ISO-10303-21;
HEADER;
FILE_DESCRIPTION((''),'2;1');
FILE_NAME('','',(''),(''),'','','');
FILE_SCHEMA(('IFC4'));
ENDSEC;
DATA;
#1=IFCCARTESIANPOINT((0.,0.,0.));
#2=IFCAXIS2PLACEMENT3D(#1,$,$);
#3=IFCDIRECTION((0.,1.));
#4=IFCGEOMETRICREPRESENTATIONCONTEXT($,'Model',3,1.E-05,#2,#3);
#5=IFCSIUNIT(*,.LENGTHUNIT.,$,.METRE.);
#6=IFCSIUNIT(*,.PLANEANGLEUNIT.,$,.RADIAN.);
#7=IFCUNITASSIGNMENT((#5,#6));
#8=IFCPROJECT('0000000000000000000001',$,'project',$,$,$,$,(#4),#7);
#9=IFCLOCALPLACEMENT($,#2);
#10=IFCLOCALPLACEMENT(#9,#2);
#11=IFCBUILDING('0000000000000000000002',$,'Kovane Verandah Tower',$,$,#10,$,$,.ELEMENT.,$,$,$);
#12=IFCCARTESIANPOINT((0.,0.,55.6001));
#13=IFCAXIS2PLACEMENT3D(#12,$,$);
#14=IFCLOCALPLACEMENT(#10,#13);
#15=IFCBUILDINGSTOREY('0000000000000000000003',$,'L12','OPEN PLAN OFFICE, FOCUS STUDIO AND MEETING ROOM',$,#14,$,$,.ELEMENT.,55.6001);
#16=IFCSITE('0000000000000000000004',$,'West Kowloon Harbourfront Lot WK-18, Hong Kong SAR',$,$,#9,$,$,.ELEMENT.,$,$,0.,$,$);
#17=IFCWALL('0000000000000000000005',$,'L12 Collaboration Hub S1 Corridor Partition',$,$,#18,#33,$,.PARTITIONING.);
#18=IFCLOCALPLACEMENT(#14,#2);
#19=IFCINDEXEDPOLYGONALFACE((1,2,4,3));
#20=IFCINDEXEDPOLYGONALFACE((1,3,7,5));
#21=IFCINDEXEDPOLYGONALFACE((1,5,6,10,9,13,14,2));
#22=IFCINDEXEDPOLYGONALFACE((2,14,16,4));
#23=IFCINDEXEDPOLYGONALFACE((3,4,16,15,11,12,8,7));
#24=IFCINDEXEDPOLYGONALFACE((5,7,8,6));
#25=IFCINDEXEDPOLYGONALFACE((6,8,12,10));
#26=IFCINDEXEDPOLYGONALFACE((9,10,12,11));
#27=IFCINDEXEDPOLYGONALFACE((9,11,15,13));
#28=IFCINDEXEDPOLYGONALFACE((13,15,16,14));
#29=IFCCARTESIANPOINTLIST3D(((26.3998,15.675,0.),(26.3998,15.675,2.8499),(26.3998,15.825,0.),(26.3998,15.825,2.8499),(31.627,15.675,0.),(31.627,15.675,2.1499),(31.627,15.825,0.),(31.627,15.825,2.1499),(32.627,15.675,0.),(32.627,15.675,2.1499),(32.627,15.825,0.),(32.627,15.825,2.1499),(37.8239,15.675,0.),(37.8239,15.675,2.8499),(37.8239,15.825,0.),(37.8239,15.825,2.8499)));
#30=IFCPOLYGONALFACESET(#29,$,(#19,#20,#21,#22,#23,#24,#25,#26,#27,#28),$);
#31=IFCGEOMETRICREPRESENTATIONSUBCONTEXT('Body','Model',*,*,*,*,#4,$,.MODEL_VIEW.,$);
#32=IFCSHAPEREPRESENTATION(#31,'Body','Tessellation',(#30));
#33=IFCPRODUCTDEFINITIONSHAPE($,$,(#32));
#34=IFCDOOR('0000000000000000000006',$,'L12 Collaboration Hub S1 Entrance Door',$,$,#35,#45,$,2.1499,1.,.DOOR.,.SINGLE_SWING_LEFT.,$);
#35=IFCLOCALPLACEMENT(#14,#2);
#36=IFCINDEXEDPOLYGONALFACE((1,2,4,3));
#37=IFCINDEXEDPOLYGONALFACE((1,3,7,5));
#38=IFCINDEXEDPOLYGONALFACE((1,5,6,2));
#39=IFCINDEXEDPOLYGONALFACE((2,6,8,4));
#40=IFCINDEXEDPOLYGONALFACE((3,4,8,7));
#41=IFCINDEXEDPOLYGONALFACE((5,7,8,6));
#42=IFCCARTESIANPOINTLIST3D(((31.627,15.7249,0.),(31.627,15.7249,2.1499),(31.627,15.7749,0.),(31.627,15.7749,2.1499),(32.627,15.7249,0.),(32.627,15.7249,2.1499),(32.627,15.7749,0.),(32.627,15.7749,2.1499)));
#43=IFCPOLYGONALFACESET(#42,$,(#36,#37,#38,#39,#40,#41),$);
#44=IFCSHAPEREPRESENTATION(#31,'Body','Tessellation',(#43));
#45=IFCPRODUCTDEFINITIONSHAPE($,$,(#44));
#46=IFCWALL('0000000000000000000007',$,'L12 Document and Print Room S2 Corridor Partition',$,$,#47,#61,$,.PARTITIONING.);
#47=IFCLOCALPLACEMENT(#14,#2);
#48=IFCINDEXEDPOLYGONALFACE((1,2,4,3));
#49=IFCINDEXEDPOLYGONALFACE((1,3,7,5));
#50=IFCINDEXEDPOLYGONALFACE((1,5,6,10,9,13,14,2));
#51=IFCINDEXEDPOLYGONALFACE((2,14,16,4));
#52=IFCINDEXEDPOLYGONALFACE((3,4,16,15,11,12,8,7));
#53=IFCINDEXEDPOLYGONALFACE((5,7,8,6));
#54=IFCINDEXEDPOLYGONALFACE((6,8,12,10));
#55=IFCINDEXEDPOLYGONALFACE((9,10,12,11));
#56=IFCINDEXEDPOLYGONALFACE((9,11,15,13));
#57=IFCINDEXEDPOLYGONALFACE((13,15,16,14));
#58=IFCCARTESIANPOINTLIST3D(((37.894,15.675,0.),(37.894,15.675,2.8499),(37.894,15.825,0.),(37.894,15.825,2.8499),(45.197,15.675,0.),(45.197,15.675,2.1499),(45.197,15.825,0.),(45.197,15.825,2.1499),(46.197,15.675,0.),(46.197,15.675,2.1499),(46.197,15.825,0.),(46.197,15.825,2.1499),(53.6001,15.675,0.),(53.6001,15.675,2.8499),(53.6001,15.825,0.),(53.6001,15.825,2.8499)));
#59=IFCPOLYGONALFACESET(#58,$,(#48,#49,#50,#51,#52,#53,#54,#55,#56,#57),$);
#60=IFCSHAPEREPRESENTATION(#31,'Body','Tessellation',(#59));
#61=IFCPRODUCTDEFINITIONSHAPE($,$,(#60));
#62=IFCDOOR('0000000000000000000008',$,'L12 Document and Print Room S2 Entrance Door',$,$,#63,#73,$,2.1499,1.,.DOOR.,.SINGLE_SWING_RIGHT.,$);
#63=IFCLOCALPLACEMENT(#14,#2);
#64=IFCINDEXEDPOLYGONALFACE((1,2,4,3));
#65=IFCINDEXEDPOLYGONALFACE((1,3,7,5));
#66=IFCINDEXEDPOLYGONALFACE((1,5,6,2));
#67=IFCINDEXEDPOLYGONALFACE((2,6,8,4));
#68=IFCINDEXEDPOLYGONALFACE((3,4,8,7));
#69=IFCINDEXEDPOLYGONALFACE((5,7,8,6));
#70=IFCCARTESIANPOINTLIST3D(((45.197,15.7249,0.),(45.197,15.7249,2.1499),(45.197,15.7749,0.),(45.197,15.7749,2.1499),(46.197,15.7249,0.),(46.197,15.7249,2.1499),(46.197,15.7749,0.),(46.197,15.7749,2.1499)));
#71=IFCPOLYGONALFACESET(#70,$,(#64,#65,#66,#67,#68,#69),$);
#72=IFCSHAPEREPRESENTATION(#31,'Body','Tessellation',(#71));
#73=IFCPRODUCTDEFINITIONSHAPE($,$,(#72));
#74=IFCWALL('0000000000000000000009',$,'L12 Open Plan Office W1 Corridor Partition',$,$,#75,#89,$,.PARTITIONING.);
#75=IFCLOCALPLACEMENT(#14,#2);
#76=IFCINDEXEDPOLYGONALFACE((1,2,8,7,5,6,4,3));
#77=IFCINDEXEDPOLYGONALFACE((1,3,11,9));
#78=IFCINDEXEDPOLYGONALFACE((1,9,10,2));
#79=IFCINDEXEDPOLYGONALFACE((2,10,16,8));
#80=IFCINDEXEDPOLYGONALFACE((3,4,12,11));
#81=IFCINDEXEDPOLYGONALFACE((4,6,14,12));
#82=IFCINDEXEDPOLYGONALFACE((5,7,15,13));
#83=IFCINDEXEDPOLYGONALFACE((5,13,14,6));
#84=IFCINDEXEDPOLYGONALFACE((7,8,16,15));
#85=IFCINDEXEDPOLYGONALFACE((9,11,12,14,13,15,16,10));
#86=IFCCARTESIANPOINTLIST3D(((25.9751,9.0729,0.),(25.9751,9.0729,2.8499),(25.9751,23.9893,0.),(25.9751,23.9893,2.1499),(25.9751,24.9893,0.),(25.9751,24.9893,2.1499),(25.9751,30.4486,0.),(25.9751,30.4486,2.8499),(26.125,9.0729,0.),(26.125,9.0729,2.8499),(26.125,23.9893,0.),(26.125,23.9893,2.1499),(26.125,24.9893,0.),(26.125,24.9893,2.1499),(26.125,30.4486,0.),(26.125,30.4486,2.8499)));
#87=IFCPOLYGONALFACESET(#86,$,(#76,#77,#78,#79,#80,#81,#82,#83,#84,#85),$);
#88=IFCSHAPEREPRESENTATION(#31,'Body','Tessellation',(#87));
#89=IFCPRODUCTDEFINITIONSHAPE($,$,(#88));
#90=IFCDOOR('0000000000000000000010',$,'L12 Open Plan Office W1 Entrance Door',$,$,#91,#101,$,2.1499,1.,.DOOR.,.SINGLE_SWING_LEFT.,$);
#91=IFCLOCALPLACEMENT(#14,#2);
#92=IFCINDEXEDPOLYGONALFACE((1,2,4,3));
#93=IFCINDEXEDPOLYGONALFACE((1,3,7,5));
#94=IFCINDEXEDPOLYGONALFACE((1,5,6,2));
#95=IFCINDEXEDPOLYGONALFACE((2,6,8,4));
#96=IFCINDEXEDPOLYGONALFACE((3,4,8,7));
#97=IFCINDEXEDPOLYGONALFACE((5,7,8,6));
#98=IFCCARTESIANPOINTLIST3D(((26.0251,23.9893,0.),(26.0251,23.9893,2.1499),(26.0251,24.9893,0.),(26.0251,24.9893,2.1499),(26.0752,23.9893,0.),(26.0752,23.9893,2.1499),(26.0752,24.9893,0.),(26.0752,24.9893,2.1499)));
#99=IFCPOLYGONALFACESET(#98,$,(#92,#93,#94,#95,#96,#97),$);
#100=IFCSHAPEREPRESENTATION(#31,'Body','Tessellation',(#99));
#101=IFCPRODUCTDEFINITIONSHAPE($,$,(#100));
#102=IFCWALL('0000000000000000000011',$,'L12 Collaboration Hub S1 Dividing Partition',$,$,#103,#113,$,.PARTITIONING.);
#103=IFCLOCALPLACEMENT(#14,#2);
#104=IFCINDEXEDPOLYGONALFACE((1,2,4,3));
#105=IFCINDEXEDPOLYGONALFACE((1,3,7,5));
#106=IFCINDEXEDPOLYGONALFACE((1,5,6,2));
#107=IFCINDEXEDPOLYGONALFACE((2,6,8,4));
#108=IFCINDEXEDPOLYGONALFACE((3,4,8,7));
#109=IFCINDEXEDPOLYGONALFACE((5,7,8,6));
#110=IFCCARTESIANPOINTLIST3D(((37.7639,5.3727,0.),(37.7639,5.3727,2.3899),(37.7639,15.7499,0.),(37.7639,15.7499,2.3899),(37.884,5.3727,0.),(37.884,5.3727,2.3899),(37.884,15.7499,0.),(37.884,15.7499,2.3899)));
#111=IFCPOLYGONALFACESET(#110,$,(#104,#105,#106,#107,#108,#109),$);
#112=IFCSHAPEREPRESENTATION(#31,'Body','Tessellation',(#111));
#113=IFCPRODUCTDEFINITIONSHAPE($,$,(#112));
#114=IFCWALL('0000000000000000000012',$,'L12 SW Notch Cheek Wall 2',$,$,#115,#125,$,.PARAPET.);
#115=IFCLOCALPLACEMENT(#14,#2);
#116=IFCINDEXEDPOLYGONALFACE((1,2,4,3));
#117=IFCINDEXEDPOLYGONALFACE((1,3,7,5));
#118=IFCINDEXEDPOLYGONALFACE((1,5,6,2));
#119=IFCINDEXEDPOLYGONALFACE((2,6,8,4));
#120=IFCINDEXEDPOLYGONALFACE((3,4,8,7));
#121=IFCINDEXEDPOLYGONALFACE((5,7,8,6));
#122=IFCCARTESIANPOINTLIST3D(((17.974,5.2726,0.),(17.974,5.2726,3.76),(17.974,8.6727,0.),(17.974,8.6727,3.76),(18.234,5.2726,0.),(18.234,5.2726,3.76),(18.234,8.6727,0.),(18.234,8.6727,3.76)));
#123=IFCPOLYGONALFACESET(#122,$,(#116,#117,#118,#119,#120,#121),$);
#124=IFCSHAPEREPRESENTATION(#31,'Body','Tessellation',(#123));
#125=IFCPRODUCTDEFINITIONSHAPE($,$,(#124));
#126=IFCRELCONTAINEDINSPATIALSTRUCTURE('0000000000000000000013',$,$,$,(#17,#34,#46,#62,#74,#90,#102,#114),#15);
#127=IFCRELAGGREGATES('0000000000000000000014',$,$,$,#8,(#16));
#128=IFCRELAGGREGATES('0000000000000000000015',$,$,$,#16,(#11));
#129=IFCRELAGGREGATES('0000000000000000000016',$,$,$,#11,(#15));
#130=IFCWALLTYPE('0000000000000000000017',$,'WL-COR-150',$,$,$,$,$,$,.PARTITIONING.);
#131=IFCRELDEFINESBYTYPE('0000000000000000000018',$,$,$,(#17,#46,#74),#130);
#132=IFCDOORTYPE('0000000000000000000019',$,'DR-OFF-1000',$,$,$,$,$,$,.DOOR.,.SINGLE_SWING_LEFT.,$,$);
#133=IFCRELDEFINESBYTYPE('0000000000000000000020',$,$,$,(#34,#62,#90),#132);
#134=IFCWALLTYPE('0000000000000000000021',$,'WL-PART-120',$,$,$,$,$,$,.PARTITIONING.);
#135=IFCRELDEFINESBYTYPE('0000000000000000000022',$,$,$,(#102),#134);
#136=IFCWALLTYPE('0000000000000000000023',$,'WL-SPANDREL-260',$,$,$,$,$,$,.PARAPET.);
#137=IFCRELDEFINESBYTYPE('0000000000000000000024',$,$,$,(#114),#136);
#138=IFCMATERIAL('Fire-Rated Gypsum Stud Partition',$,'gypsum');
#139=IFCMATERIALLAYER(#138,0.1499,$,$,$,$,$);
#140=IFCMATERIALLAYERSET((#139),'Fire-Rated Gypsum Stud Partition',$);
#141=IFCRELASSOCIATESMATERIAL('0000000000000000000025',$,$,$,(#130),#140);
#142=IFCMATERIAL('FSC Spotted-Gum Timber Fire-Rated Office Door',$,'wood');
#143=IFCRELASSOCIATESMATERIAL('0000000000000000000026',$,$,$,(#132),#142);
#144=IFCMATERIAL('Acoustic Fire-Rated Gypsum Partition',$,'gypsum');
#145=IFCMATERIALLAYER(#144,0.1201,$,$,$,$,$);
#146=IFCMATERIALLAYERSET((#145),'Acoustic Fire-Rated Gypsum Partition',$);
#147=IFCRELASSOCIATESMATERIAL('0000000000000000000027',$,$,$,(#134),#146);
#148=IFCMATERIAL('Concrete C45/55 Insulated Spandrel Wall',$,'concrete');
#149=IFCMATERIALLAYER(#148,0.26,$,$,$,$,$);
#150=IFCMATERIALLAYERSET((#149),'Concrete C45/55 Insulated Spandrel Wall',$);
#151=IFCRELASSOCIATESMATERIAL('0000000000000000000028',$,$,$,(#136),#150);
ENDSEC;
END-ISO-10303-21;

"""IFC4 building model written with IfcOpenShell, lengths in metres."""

from ifc_helpers import new_model, si_unit, direction, frame, frame_2d, origin, place, context, subcontext, project, spatial, rectangle, extrude, material, layer, layer_set, type_object, element, fill, save


model = new_model("IFC4")

# Units and contexts
model_context = context("Model", 3, precision=1e-05, world=origin(), true_north=direction((0.0, 1.0)))
body_context = subcontext(model_context, "Body", "Model", "MODEL_VIEW")
ifc_project = project(units=[si_unit("LENGTHUNIT", "METRE"), si_unit("PLANEANGLEUNIT", "RADIAN")], contexts=[model_context])

# Site, building, storey
site_placement = place(None, origin())
site = spatial("IfcSite", under=ifc_project, at=site_placement, Name="West Kowloon Harbourfront Lot WK-18, Hong Kong SAR", CompositionType="ELEMENT", RefElevation=0.0)
building_placement = place(site_placement, origin())
building = spatial("IfcBuilding", under=site, at=building_placement, Name="Kovane Verandah Tower", CompositionType="ELEMENT")
storey_placement = place(building_placement, frame((0.0, 0.0, 55.6001)))
storey = spatial("IfcBuildingStorey", under=building, at=storey_placement, Name="L12", Description="OPEN PLAN OFFICE, FOCUS STUDIO AND MEETING ROOM", CompositionType="ELEMENT", Elevation=55.6001)

# Walls, openings, doors
ifc_material_1 = material(Name="Fire-Rated Gypsum Stud Partition", Category="gypsum")
ifc_layer_1 = layer(ifc_material_1, 0.1499)
ifc_layer_set_1 = layer_set([ifc_layer_1], Name="Fire-Rated Gypsum Stud Partition")
wall_type_1 = type_object("IfcWallType", Name="WL-COR-150", PredefinedType="PARTITIONING", material=ifc_layer_set_1)
wall_1_placement = place(storey_placement, frame((26.3999, 15.75, 0.0), z_axis=(0.0, 0.0, 1.0), x_axis=(1.0, 0.0, 0.0)))
wall_1 = element("IfcWall", 1, at=wall_1_placement, inside=storey, type_object=wall_type_1, Name="L12 Collaboration Hub S1 Corridor Partition", PredefinedType="PARTITIONING", context=body_context, shape_type="SweptSolid", body=[
    extrude(rectangle(XDim=11.4241, YDim=0.1499, at=frame_2d((5.7119, 0.0))), origin(), (0.0, 0.0, 1.0), 2.8499),
])
opening_1_placement = place(wall_1_placement, frame((5.2271, 0.0, 0.0)))
opening_1 = element("IfcOpeningElement", 2, at=opening_1_placement, cuts=wall_1, PredefinedType="OPENING", context=body_context, shape_type="SweptSolid", body=[
    extrude(rectangle(XDim=1.0, YDim=2.1499, at=frame_2d((0.5, 1.075))), frame((0.0, 0.075, 0.0), z_axis=(0.0, -1.0, 0.0), x_axis=(1.0, 0.0, 0.0)), (0.0, 0.0, 1.0), 0.1499),
])
ifc_material_2 = material(Name="FSC Spotted-Gum Timber Fire-Rated Office Door", Category="wood")
door_type = type_object("IfcDoorType", Name="DR-OFF-1000", OperationType="SINGLE_SWING_LEFT", PredefinedType="DOOR", material=ifc_material_2)
door_1_placement = place(opening_1_placement, origin())
door_1 = element("IfcDoor", 3, at=door_1_placement, inside=storey, type_object=door_type, Name="L12 Collaboration Hub S1 Entrance Door", OperationType="SINGLE_SWING_LEFT", OverallHeight=2.1499, OverallWidth=1.0, PredefinedType="DOOR", context=body_context, shape_type="SweptSolid", body=[
    extrude(rectangle(XDim=1.0, YDim=2.1499, at=frame_2d((0.5, 1.075))), frame((0.0, 0.0249, 0.0), z_axis=(0.0, -1.0, 0.0), x_axis=(1.0, 0.0, 0.0)), (0.0, 0.0, 1.0), 0.05),
])
fill(opening_1, door_1)
wall_2_placement = place(storey_placement, frame((37.894, 15.75, 0.0), z_axis=(0.0, 0.0, 1.0), x_axis=(1.0, 0.0, 0.0)))
wall_2 = element("IfcWall", 4, at=wall_2_placement, inside=storey, type_object=wall_type_1, Name="L12 Document and Print Room S2 Corridor Partition", PredefinedType="PARTITIONING", context=body_context, shape_type="SweptSolid", body=[
    extrude(rectangle(XDim=15.7061, YDim=0.1499, at=frame_2d((7.853, 0.0))), origin(), (0.0, 0.0, 1.0), 2.8499),
])
opening_2_placement = place(wall_2_placement, frame((7.303, 0.0, 0.0)))
opening_2 = element("IfcOpeningElement", 5, at=opening_2_placement, cuts=wall_2, PredefinedType="OPENING", context=body_context, shape_type="SweptSolid", body=[
    extrude(rectangle(XDim=1.0, YDim=2.1499, at=frame_2d((0.5, 1.075))), frame((0.0, 0.075, 0.0), z_axis=(0.0, -1.0, 0.0), x_axis=(1.0, 0.0, 0.0)), (0.0, 0.0, 1.0), 0.1499),
])
door_2_placement = place(opening_2_placement, origin())
door_2 = element("IfcDoor", 6, at=door_2_placement, inside=storey, type_object=door_type, Name="L12 Document and Print Room S2 Entrance Door", OperationType="SINGLE_SWING_RIGHT", OverallHeight=2.1499, OverallWidth=1.0, PredefinedType="DOOR", context=body_context, shape_type="SweptSolid", body=[
    extrude(rectangle(XDim=1.0, YDim=2.1499, at=frame_2d((0.5, 1.075))), frame((0.0, 0.0249, 0.0), z_axis=(0.0, -1.0, 0.0), x_axis=(1.0, 0.0, 0.0)), (0.0, 0.0, 1.0), 0.05),
])
fill(opening_2, door_2)
wall_3_placement = place(storey_placement, frame((26.05, 9.0728, 0.0), z_axis=(0.0, 0.0, 1.0), x_axis=(0.0, 1.0, 0.0)))
wall_3 = element("IfcWall", 7, at=wall_3_placement, inside=storey, type_object=wall_type_1, Name="L12 Open Plan Office W1 Corridor Partition", PredefinedType="PARTITIONING", context=body_context, shape_type="SweptSolid", body=[
    extrude(rectangle(XDim=21.3757, YDim=0.1499, at=frame_2d((10.688, 0.0))), origin(), (0.0, 0.0, 1.0), 2.8499),
])
opening_3_placement = place(wall_3_placement, frame((14.9165, 0.0, 0.0)))
opening_3 = element("IfcOpeningElement", 8, at=opening_3_placement, cuts=wall_3, PredefinedType="OPENING", context=body_context, shape_type="SweptSolid", body=[
    extrude(rectangle(XDim=1.0, YDim=2.1499, at=frame_2d((0.5, 1.075))), frame((0.0, 0.075, 0.0), z_axis=(0.0, -1.0, 0.0), x_axis=(1.0, 0.0, 0.0)), (0.0, 0.0, 1.0), 0.1499),
])
door_3_placement = place(opening_3_placement, origin())
door_3 = element("IfcDoor", 9, at=door_3_placement, inside=storey, type_object=door_type, Name="L12 Open Plan Office W1 Entrance Door", OperationType="SINGLE_SWING_LEFT", OverallHeight=2.1499, OverallWidth=1.0, PredefinedType="DOOR", context=body_context, shape_type="SweptSolid", body=[
    extrude(rectangle(XDim=1.0, YDim=2.1499, at=frame_2d((0.5, 1.075))), frame((0.0, 0.0249, 0.0), z_axis=(0.0, -1.0, 0.0), x_axis=(1.0, 0.0, 0.0)), (0.0, 0.0, 1.0), 0.05),
])
fill(opening_3, door_3)

# Walls
ifc_material_3 = material(Name="Acoustic Fire-Rated Gypsum Partition", Category="gypsum")
ifc_layer_2 = layer(ifc_material_3, 0.1201)
ifc_layer_set_2 = layer_set([ifc_layer_2], Name="Acoustic Fire-Rated Gypsum Partition")
wall_type_2 = type_object("IfcWallType", Name="WL-PART-120", PredefinedType="PARTITIONING", material=ifc_layer_set_2)
wall_4_placement = place(storey_placement, frame((37.824, 5.3728, 0.0), z_axis=(0.0, 0.0, 1.0), x_axis=(0.0, 1.0, 0.0)))
element("IfcWall", 10, at=wall_4_placement, inside=storey, type_object=wall_type_2, Name="L12 Collaboration Hub S1 Dividing Partition", PredefinedType="PARTITIONING", context=body_context, shape_type="SweptSolid", body=[
    extrude(rectangle(XDim=10.3772, YDim=0.1201, at=frame_2d((5.1885, 0.0))), origin(), (0.0, 0.0, 1.0), 2.3899),
])
ifc_material_4 = material(Name="Concrete C45/55 Insulated Spandrel Wall", Category="concrete")
ifc_layer_3 = layer(ifc_material_4, 0.26)
ifc_layer_set_3 = layer_set([ifc_layer_3], Name="Concrete C45/55 Insulated Spandrel Wall")
wall_type_3 = type_object("IfcWallType", Name="WL-SPANDREL-260", PredefinedType="PARAPET", material=ifc_layer_set_3)
wall_5_placement = place(storey_placement, frame((18.104, 8.6729, 0.0), z_axis=(0.0, 0.0, 1.0), x_axis=(0.0, -1.0, 0.0)))
element("IfcWall", 11, at=wall_5_placement, inside=storey, type_object=wall_type_3, Name="L12 SW Notch Cheek Wall 2", PredefinedType="PARAPET", context=body_context, shape_type="SweptSolid", body=[
    extrude(rectangle(XDim=3.4001, YDim=0.26, at=frame_2d((1.7002, 0.0))), origin(), (0.0, 0.0, 1.0), 3.76),
])

save(model, "model.ifc")
